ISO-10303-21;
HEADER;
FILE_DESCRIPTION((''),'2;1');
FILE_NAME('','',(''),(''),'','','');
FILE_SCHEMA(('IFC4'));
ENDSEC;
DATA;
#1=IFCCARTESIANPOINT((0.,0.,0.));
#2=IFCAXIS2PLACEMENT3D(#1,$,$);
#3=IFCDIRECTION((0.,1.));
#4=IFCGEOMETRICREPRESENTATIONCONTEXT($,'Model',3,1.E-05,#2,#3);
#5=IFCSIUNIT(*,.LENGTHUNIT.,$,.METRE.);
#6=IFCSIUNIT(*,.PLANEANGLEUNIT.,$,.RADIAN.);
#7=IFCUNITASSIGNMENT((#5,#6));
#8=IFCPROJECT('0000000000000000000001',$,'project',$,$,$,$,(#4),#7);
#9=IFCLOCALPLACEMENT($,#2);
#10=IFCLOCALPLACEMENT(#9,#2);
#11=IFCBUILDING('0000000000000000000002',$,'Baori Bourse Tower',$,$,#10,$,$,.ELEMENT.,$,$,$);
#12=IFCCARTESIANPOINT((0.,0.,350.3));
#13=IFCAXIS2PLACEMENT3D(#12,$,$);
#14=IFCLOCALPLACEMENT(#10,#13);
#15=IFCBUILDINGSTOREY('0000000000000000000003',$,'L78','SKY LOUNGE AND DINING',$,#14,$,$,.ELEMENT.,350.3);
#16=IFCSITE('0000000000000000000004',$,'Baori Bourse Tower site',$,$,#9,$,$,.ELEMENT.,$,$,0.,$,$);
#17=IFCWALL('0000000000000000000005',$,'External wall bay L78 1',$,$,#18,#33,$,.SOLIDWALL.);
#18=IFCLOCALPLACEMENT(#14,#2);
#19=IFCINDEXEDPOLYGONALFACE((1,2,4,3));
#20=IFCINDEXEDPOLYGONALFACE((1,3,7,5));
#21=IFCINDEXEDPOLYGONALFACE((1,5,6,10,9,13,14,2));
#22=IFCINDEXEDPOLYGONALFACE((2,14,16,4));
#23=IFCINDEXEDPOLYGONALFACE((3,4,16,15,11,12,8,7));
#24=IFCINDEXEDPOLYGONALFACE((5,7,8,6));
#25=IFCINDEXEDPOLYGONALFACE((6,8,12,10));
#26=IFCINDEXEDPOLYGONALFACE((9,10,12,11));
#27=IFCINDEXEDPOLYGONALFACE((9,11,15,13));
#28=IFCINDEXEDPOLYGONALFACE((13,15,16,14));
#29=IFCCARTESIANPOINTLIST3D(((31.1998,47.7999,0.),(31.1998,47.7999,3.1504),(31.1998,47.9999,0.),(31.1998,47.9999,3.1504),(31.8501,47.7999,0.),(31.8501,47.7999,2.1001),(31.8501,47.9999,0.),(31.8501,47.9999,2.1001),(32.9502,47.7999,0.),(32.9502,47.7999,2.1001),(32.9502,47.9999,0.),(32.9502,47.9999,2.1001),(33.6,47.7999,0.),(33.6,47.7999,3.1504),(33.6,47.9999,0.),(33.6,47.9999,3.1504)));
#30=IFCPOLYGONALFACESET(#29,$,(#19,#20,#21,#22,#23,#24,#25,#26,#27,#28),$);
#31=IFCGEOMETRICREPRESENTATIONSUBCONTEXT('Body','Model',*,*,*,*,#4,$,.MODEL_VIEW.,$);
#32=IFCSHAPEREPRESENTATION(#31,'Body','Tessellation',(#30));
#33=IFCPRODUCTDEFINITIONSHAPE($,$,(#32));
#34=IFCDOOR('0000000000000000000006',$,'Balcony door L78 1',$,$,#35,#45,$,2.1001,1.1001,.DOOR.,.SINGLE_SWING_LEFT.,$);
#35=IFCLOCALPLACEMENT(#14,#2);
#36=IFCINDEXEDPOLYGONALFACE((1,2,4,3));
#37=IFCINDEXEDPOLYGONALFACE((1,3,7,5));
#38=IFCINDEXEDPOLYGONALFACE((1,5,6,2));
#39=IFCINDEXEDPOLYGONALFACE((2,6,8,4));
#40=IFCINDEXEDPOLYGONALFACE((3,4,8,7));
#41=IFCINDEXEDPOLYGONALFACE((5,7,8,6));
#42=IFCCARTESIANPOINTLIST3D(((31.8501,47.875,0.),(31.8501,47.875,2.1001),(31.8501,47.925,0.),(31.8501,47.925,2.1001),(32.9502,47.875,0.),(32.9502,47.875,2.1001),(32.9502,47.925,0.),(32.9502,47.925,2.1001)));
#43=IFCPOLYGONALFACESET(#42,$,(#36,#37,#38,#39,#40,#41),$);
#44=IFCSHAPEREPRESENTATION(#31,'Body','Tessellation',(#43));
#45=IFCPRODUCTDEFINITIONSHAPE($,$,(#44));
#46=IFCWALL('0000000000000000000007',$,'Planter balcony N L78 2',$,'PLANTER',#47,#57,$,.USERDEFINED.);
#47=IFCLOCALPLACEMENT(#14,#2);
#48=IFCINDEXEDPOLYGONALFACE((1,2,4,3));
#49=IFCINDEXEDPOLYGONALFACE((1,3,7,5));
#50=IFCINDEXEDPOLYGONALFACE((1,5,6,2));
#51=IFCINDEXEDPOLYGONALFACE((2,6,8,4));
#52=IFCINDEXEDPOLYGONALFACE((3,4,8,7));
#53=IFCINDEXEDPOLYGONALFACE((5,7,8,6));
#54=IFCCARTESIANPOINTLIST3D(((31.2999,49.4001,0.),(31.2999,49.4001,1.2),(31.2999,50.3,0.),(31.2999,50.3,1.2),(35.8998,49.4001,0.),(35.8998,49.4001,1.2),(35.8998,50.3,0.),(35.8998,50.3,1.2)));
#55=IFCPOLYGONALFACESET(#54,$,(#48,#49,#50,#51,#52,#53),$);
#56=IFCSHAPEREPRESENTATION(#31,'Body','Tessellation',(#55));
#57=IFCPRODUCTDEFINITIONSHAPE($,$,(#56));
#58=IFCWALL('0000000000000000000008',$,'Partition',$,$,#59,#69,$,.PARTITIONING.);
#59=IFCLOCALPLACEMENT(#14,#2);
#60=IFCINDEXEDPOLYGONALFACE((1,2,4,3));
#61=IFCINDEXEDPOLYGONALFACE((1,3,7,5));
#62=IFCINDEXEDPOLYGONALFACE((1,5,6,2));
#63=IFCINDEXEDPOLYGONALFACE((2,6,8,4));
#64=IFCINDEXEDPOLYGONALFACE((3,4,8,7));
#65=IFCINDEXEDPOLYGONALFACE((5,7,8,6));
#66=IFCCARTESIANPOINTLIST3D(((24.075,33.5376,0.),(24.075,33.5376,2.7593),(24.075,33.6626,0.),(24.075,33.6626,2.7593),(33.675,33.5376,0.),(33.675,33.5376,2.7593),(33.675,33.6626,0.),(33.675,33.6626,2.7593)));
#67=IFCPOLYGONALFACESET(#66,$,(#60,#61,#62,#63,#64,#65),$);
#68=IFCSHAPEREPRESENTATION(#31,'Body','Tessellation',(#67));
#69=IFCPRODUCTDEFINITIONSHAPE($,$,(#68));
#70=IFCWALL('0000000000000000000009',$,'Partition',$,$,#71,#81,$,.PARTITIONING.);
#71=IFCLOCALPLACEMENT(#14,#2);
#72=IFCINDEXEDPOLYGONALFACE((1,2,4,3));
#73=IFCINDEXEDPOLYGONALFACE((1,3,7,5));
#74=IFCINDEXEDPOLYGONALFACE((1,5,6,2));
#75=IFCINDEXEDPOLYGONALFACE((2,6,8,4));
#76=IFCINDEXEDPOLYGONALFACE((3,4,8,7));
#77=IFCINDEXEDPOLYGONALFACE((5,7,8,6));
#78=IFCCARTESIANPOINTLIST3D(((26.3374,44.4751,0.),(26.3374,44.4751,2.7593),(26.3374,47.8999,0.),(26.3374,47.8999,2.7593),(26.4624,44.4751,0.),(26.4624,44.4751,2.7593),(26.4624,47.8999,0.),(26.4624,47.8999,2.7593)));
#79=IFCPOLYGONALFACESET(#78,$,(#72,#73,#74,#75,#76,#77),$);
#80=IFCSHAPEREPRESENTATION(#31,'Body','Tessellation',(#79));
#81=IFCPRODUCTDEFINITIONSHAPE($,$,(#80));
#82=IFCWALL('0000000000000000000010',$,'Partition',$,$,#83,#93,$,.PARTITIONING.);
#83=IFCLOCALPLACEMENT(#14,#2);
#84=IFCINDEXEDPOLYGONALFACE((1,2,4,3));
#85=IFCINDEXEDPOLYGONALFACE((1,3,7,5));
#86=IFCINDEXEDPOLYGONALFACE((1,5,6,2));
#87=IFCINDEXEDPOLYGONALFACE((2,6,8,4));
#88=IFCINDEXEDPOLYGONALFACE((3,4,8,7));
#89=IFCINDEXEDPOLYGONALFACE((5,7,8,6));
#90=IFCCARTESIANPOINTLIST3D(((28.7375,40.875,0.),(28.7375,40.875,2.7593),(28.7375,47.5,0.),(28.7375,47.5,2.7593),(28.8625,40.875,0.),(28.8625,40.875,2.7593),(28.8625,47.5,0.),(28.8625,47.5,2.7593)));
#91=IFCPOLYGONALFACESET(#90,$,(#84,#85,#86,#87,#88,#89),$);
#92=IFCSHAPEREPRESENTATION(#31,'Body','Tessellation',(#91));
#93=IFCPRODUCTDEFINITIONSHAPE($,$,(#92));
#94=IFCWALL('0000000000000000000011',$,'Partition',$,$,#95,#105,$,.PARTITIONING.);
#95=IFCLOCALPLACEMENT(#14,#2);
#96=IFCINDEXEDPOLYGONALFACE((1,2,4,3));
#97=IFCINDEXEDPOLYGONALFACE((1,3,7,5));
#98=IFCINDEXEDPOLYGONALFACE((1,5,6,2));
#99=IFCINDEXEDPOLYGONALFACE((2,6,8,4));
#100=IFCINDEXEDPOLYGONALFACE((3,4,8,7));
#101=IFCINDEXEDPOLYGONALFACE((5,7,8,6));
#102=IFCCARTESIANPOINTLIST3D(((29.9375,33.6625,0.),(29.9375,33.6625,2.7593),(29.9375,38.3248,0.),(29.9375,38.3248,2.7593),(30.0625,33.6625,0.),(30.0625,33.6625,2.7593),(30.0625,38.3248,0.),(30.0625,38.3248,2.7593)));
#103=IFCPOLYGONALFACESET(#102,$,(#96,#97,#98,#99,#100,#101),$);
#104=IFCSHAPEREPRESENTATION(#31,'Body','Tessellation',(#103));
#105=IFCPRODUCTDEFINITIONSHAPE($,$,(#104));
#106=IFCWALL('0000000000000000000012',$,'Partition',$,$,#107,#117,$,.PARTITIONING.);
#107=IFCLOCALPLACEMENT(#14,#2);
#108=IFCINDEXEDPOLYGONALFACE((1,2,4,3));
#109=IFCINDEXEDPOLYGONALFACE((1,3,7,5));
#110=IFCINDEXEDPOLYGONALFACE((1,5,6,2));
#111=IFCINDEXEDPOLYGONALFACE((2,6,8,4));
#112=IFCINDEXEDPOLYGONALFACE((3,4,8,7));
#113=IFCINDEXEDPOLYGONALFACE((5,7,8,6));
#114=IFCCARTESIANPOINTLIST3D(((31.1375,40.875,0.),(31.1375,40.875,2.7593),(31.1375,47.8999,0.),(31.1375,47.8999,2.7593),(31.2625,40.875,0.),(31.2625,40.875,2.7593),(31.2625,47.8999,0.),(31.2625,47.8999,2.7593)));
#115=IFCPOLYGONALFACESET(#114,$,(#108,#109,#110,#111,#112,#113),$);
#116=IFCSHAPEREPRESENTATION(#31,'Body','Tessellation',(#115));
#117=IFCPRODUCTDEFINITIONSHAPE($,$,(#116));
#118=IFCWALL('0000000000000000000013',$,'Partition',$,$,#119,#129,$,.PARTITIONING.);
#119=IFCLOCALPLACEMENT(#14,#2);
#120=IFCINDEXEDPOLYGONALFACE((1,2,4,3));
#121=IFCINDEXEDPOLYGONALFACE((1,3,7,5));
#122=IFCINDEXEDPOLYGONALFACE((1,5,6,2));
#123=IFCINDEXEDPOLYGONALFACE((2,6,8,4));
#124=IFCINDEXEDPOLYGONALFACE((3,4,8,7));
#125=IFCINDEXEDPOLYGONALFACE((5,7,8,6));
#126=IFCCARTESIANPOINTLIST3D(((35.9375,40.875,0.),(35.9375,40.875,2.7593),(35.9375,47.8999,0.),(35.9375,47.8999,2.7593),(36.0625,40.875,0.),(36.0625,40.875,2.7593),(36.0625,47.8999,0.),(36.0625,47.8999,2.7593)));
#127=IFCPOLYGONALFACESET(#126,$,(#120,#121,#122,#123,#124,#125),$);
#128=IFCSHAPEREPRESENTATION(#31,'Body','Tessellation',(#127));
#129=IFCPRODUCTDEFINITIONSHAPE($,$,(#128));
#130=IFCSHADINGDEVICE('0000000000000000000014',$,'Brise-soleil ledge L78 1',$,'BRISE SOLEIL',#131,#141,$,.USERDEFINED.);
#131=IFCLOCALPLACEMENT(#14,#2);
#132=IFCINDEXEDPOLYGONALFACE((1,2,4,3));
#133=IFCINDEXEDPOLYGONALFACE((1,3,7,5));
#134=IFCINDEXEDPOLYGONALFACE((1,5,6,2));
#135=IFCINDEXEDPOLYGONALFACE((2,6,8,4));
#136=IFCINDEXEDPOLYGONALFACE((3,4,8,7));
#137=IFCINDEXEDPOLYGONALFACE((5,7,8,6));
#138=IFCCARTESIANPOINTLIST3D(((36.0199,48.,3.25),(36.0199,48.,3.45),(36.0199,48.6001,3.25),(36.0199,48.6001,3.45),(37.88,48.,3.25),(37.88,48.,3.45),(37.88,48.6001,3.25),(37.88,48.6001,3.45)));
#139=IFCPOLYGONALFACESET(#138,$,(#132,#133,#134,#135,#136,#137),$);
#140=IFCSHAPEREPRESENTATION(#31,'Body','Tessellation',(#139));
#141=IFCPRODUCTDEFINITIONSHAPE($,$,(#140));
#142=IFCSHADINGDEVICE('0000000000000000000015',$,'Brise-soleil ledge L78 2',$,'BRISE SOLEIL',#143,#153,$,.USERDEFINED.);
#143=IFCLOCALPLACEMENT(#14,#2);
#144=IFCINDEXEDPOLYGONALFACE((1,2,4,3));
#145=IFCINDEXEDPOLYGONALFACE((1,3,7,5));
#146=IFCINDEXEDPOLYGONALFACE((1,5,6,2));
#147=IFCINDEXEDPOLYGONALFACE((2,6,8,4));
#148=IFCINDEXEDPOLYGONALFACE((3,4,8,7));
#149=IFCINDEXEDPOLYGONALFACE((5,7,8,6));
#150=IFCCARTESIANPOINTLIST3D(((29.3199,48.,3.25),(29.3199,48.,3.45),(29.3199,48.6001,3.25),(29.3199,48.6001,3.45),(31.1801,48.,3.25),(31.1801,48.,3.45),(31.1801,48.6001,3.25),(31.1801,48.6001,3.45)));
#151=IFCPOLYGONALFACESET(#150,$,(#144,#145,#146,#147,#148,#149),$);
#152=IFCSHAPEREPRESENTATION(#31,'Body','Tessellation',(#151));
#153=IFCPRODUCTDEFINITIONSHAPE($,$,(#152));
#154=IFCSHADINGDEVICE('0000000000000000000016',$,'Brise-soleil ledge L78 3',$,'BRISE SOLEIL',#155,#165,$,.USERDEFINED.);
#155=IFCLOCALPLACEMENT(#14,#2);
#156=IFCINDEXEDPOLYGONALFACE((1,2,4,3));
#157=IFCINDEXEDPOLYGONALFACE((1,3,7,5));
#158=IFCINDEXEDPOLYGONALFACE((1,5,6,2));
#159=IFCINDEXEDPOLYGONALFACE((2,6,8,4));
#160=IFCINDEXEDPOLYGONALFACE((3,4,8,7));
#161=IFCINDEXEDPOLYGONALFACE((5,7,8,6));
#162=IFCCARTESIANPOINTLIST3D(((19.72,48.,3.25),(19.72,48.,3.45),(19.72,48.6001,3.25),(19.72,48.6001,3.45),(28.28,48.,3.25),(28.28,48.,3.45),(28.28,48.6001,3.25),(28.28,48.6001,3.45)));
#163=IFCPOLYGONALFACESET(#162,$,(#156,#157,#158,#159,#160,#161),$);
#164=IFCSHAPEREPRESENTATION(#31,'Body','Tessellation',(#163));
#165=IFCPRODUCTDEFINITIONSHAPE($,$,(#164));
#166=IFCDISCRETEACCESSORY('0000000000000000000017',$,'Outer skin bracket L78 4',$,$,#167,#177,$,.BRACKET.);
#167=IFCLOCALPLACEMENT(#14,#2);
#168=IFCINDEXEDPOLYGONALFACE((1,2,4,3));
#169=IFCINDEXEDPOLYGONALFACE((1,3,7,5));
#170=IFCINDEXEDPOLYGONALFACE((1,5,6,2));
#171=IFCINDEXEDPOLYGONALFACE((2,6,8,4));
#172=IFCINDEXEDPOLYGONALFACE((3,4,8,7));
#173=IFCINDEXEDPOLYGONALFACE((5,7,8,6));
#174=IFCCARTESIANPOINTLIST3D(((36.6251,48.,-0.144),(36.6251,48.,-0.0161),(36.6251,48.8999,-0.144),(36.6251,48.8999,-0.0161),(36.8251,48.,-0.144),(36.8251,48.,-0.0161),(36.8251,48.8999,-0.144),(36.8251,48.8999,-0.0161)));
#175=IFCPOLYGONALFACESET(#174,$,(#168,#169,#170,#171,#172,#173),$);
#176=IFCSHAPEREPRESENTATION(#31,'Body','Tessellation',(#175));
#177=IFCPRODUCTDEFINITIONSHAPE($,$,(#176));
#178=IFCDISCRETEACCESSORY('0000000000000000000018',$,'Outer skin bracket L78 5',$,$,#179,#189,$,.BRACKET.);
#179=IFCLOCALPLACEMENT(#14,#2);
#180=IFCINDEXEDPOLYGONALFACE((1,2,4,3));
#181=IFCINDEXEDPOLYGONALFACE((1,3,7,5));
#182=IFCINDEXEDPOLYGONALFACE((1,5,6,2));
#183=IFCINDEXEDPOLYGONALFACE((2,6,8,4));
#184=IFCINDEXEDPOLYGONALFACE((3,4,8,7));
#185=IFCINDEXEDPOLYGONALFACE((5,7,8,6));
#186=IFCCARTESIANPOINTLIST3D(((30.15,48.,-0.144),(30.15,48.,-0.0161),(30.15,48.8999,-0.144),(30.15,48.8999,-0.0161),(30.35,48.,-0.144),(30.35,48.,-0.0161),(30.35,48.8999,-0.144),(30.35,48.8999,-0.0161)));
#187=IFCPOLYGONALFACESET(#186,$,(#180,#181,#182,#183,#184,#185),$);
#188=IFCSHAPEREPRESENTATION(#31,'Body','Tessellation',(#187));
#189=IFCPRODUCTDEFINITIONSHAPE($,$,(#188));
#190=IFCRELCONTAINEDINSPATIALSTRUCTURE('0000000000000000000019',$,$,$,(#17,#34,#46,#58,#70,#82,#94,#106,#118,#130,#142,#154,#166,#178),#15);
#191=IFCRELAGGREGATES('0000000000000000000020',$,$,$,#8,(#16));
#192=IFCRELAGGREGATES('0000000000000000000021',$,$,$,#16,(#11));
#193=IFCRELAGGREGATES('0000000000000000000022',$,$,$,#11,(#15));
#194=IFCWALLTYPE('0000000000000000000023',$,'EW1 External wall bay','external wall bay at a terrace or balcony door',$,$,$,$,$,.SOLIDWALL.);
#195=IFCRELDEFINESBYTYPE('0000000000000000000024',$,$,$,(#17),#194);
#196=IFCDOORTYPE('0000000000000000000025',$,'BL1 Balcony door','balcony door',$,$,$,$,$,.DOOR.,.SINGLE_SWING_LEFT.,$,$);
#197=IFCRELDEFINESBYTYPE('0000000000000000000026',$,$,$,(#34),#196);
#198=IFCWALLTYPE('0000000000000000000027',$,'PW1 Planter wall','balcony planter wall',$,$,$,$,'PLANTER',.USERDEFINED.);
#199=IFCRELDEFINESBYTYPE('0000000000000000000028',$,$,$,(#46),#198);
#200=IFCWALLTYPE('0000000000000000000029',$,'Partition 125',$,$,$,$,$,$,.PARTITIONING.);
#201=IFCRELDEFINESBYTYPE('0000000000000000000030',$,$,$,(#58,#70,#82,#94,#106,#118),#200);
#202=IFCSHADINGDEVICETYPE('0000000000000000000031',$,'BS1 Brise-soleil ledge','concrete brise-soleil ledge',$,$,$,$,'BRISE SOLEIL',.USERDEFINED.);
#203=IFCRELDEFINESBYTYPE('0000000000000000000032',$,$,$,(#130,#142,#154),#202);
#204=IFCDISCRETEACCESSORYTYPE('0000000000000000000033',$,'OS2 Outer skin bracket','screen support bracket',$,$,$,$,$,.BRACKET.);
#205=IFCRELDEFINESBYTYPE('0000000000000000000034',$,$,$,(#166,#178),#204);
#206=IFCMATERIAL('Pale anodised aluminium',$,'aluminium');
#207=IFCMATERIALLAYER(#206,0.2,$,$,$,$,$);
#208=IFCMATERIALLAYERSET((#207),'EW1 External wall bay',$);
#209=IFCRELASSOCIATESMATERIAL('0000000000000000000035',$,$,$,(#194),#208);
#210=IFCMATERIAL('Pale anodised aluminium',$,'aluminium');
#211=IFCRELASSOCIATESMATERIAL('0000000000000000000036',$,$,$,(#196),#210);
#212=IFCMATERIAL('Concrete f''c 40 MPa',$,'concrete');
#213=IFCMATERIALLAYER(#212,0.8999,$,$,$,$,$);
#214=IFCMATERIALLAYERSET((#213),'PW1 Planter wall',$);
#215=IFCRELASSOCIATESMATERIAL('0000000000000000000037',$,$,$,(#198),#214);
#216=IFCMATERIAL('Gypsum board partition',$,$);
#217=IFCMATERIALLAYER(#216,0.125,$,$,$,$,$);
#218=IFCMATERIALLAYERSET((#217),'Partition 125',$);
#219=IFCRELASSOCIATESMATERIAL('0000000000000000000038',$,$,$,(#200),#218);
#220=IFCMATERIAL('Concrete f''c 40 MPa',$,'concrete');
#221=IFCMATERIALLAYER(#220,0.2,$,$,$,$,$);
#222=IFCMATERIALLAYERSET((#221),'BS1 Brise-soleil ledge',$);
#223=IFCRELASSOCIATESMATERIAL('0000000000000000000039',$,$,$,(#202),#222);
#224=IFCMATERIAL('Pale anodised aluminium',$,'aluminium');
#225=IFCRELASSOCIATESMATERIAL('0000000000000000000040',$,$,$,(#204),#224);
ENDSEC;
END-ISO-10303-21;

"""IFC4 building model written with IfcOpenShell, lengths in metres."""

from ifc_helpers import new_model, si_unit, direction, frame, frame_2d, origin, origin_2d, place, context, subcontext, project, spatial, rectangle, extrude, material, layer, layer_set, type_object, element, fill, save


model = new_model("IFC4")

# Units and contexts
model_context = context("Model", 3, precision=1e-05, world=origin(), true_north=direction((0.0, 1.0)))
body_context = subcontext(model_context, "Body", "Model", "MODEL_VIEW")
ifc_project = project(units=[si_unit("LENGTHUNIT", "METRE"), si_unit("PLANEANGLEUNIT", "RADIAN")], contexts=[model_context])

# Site, building, storey
site_placement = place(None, origin())
site = spatial("IfcSite", under=ifc_project, at=site_placement, Name="Baori Bourse Tower site", CompositionType="ELEMENT", RefElevation=0.0)
building_placement = place(site_placement, origin())
building = spatial("IfcBuilding", under=site, at=building_placement, Name="Baori Bourse Tower", CompositionType="ELEMENT")
storey_placement = place(building_placement, frame((0.0, 0.0, 350.3)))
storey = spatial("IfcBuildingStorey", under=building, at=storey_placement, Name="L78", Description="SKY LOUNGE AND DINING", CompositionType="ELEMENT", Elevation=350.3)

# Wall, opening, door
ifc_material_1 = material(Name="Pale anodised aluminium", Category="aluminium")
ifc_layer_1 = layer(ifc_material_1, 0.2)
ifc_layer_set_1 = layer_set([ifc_layer_1], Name="EW1 External wall bay")
wall_type_1 = type_object("IfcWallType", Name="EW1 External wall bay", Description="external wall bay at a terrace or balcony door", PredefinedType="SOLIDWALL", material=ifc_layer_set_1)
wall_1_placement = place(storey_placement, frame((33.6001, 47.8999, 0.0), z_axis=(0.0, 0.0, 1.0), x_axis=(-1.0, 0.0, 0.0)))
wall_1 = element("IfcWall", 1, at=wall_1_placement, inside=storey, type_object=wall_type_1, Name="External wall bay L78 1", PredefinedType="SOLIDWALL", context=body_context, shape_type="SweptSolid", body=[
    extrude(rectangle(XDim=2.4001, YDim=0.2, at=frame_2d((1.2002, 0.0))), origin(), (0.0, 0.0, 1.0), 3.1504),
])
opening_placement = place(wall_1_placement, frame((0.6499, 0.0, 0.0)))
opening = element("IfcOpeningElement", 2, at=opening_placement, cuts=wall_1, PredefinedType="OPENING", context=body_context, shape_type="SweptSolid", body=[
    extrude(rectangle(XDim=1.1001, YDim=2.1001, at=frame_2d((0.55, 1.05))), frame((0.0, 0.1099, 0.0), z_axis=(0.0, -1.0, 0.0), x_axis=(1.0, 0.0, 0.0)), (0.0, 0.0, 1.0), 0.22),
])
ifc_material_2 = material(Name="Pale anodised aluminium", Category="aluminium")
door_type = type_object("IfcDoorType", Name="BL1 Balcony door", Description="balcony door", OperationType="SINGLE_SWING_LEFT", PredefinedType="DOOR", material=ifc_material_2)
door_placement = place(opening_placement, origin())
door = element("IfcDoor", 3, at=door_placement, inside=storey, type_object=door_type, Name="Balcony door L78 1", OperationType="SINGLE_SWING_LEFT", OverallHeight=2.1001, OverallWidth=1.1001, PredefinedType="DOOR", context=body_context, shape_type="SweptSolid", body=[
    extrude(rectangle(XDim=1.1001, YDim=2.1001, at=frame_2d((0.55, 1.05))), frame((0.0, 0.0249, 0.0), z_axis=(0.0, -1.0, 0.0), x_axis=(1.0, 0.0, 0.0)), (0.0, 0.0, 1.0), 0.05),
])
fill(opening, door)

# Walls
ifc_material_3 = material(Name="Concrete f'c 40 MPa", Category="concrete")
ifc_layer_2 = layer(ifc_material_3, 0.8999)
ifc_layer_set_2 = layer_set([ifc_layer_2], Name="PW1 Planter wall")
wall_type_2 = type_object("IfcWallType", Name="PW1 Planter wall", Description="balcony planter wall", ElementType="PLANTER", PredefinedType="USERDEFINED", material=ifc_layer_set_2)
wall_2_placement = place(storey_placement, frame((31.3, 49.8501, 0.0), z_axis=(0.0, 0.0, 1.0), x_axis=(1.0, 0.0, 0.0)))
element("IfcWall", 4, at=wall_2_placement, inside=storey, type_object=wall_type_2, Name="Planter balcony N L78 2", ObjectType="PLANTER", PredefinedType="USERDEFINED", context=body_context, shape_type="SweptSolid", body=[
    extrude(rectangle(XDim=4.5999, YDim=0.8999, at=frame_2d((2.2998, 0.0))), origin(), (0.0, 0.0, 1.0), 1.2),
])
ifc_material_4 = material(Name="Gypsum board partition")
ifc_layer_3 = layer(ifc_material_4, 0.125)
ifc_layer_set_3 = layer_set([ifc_layer_3], Name="Partition 125")
wall_type_3 = type_object("IfcWallType", Name="Partition 125", PredefinedType="PARTITIONING", material=ifc_layer_set_3)
wall_3_placement = place(storey_placement, frame((24.075, 33.6001, 0.0), z_axis=(0.0, 0.0, 1.0), x_axis=(1.0, 0.0, 0.0)))
element("IfcWall", 5, at=wall_3_placement, inside=storey, type_object=wall_type_3, Name="Partition", PredefinedType="PARTITIONING", context=body_context, shape_type="SweptSolid", body=[
    extrude(rectangle(XDim=9.6001, YDim=0.125, at=frame_2d((4.8, 0.0))), origin(), (0.0, 0.0, 1.0), 2.7593),
])
wall_4_placement = place(storey_placement, frame((26.3999, 44.4751, 0.0), z_axis=(0.0, 0.0, 1.0), x_axis=(0.0, 1.0, 0.0)))
element("IfcWall", 6, at=wall_4_placement, inside=storey, type_object=wall_type_3, Name="Partition", PredefinedType="PARTITIONING", context=body_context, shape_type="SweptSolid", body=[
    extrude(rectangle(XDim=3.4248, YDim=0.125, at=frame_2d((1.7124, 0.0))), origin(), (0.0, 0.0, 1.0), 2.7593),
])
wall_5_placement = place(storey_placement, frame((28.8, 40.875, 0.0), z_axis=(0.0, 0.0, 1.0), x_axis=(0.0, 1.0, 0.0)))
element("IfcWall", 7, at=wall_5_placement, inside=storey, type_object=wall_type_3, Name="Partition", PredefinedType="PARTITIONING", context=body_context, shape_type="SweptSolid", body=[
    extrude(rectangle(XDim=6.625, YDim=0.125, at=frame_2d((3.3125, 0.0))), origin(), (0.0, 0.0, 1.0), 2.7593),
])
wall_6_placement = place(storey_placement, frame((30.0, 33.6626, 0.0), z_axis=(0.0, 0.0, 1.0), x_axis=(0.0, 1.0, 0.0)))
element("IfcWall", 8, at=wall_6_placement, inside=storey, type_object=wall_type_3, Name="Partition", PredefinedType="PARTITIONING", context=body_context, shape_type="SweptSolid", body=[
    extrude(rectangle(XDim=4.6624, YDim=0.125, at=frame_2d((2.3311, 0.0))), origin(), (0.0, 0.0, 1.0), 2.7593),
])
for number, where, z_axis, x_axis, name in (
    (9, (31.2, 40.875, 0.0), (0.0, 0.0, 1.0), (0.0, 1.0, 0.0), "Partition"),
    (10, (36.0, 40.875, 0.0), (0.0, 0.0, 1.0), (0.0, 1.0, 0.0), "Partition"),
):
    element("IfcWall", number, at=place(storey_placement, frame(where, z_axis=z_axis, x_axis=x_axis)), inside=storey, type_object=wall_type_3, Name=name, PredefinedType="PARTITIONING", context=body_context, shape_type="SweptSolid", body=[
        extrude(rectangle(XDim=7.0249, YDim=0.125, at=frame_2d((3.5125, 0.0))), origin(), (0.0, 0.0, 1.0), 2.7593),
    ])

# Shading devices
ifc_material_5 = material(Name="Concrete f'c 40 MPa", Category="concrete")
ifc_layer_4 = layer(ifc_material_5, 0.2)
ifc_layer_set_4 = layer_set([ifc_layer_4], Name="BS1 Brise-soleil ledge")
shading_device_type = type_object("IfcShadingDeviceType", Name="BS1 Brise-soleil ledge", Description="concrete brise-soleil ledge", ElementType="BRISE SOLEIL", PredefinedType="USERDEFINED", material=ifc_layer_set_4)
for number, where, z_axis, x_axis, name in (
    (11, (36.95, 48.3, 3.25), (0.0, 0.0, 1.0), (-1.0, 0.0, 0.0), "Brise-soleil ledge L78 1"),
    (12, (30.25, 48.3, 3.25), (0.0, 0.0, 1.0), (-1.0, 0.0, 0.0), "Brise-soleil ledge L78 2"),
):
    element("IfcShadingDevice", number, at=place(storey_placement, frame(where, z_axis=z_axis, x_axis=x_axis)), inside=storey, type_object=shading_device_type, Name=name, ObjectType="BRISE SOLEIL", PredefinedType="USERDEFINED", context=body_context, shape_type="SweptSolid", body=[
        extrude(rectangle(XDim=1.8601, YDim=0.6001, at=origin_2d()), origin(), (0.0, 0.0, 1.0), 0.2),
    ])
shading_device_placement = place(storey_placement, frame((24.0, 48.3, 3.25), z_axis=(0.0, 0.0, 1.0), x_axis=(-1.0, 0.0, 0.0)))
element("IfcShadingDevice", 13, at=shading_device_placement, inside=storey, type_object=shading_device_type, Name="Brise-soleil ledge L78 3", ObjectType="BRISE SOLEIL", PredefinedType="USERDEFINED", context=body_context, shape_type="SweptSolid", body=[
    extrude(rectangle(XDim=8.5601, YDim=0.6001, at=origin_2d()), origin(), (0.0, 0.0, 1.0), 0.2),
])

# Discrete accessories
ifc_material_6 = material(Name="Pale anodised aluminium", Category="aluminium")
discrete_accessory_type = type_object("IfcDiscreteAccessoryType", Name="OS2 Outer skin bracket", Description="screen support bracket", PredefinedType="BRACKET", material=ifc_material_6)
for number, where, z_axis, x_axis, name in (
    (14, (36.7251, 48.45, -0.144), (0.0, 0.0, 1.0), (-1.0, 0.0, 0.0), "Outer skin bracket L78 4"),
    (15, (30.25, 48.45, -0.144), (0.0, 0.0, 1.0), (-1.0, 0.0, 0.0), "Outer skin bracket L78 5"),
):
    element("IfcDiscreteAccessory", number, at=place(storey_placement, frame(where, z_axis=z_axis, x_axis=x_axis)), inside=storey, type_object=discrete_accessory_type, Name=name, PredefinedType="BRACKET", context=body_context, shape_type="SweptSolid", body=[
        extrude(rectangle(XDim=0.2, YDim=0.8999, at=origin_2d()), origin(), (0.0, 0.0, 1.0), 0.1279),
    ])

save(model, "model.ifc")
